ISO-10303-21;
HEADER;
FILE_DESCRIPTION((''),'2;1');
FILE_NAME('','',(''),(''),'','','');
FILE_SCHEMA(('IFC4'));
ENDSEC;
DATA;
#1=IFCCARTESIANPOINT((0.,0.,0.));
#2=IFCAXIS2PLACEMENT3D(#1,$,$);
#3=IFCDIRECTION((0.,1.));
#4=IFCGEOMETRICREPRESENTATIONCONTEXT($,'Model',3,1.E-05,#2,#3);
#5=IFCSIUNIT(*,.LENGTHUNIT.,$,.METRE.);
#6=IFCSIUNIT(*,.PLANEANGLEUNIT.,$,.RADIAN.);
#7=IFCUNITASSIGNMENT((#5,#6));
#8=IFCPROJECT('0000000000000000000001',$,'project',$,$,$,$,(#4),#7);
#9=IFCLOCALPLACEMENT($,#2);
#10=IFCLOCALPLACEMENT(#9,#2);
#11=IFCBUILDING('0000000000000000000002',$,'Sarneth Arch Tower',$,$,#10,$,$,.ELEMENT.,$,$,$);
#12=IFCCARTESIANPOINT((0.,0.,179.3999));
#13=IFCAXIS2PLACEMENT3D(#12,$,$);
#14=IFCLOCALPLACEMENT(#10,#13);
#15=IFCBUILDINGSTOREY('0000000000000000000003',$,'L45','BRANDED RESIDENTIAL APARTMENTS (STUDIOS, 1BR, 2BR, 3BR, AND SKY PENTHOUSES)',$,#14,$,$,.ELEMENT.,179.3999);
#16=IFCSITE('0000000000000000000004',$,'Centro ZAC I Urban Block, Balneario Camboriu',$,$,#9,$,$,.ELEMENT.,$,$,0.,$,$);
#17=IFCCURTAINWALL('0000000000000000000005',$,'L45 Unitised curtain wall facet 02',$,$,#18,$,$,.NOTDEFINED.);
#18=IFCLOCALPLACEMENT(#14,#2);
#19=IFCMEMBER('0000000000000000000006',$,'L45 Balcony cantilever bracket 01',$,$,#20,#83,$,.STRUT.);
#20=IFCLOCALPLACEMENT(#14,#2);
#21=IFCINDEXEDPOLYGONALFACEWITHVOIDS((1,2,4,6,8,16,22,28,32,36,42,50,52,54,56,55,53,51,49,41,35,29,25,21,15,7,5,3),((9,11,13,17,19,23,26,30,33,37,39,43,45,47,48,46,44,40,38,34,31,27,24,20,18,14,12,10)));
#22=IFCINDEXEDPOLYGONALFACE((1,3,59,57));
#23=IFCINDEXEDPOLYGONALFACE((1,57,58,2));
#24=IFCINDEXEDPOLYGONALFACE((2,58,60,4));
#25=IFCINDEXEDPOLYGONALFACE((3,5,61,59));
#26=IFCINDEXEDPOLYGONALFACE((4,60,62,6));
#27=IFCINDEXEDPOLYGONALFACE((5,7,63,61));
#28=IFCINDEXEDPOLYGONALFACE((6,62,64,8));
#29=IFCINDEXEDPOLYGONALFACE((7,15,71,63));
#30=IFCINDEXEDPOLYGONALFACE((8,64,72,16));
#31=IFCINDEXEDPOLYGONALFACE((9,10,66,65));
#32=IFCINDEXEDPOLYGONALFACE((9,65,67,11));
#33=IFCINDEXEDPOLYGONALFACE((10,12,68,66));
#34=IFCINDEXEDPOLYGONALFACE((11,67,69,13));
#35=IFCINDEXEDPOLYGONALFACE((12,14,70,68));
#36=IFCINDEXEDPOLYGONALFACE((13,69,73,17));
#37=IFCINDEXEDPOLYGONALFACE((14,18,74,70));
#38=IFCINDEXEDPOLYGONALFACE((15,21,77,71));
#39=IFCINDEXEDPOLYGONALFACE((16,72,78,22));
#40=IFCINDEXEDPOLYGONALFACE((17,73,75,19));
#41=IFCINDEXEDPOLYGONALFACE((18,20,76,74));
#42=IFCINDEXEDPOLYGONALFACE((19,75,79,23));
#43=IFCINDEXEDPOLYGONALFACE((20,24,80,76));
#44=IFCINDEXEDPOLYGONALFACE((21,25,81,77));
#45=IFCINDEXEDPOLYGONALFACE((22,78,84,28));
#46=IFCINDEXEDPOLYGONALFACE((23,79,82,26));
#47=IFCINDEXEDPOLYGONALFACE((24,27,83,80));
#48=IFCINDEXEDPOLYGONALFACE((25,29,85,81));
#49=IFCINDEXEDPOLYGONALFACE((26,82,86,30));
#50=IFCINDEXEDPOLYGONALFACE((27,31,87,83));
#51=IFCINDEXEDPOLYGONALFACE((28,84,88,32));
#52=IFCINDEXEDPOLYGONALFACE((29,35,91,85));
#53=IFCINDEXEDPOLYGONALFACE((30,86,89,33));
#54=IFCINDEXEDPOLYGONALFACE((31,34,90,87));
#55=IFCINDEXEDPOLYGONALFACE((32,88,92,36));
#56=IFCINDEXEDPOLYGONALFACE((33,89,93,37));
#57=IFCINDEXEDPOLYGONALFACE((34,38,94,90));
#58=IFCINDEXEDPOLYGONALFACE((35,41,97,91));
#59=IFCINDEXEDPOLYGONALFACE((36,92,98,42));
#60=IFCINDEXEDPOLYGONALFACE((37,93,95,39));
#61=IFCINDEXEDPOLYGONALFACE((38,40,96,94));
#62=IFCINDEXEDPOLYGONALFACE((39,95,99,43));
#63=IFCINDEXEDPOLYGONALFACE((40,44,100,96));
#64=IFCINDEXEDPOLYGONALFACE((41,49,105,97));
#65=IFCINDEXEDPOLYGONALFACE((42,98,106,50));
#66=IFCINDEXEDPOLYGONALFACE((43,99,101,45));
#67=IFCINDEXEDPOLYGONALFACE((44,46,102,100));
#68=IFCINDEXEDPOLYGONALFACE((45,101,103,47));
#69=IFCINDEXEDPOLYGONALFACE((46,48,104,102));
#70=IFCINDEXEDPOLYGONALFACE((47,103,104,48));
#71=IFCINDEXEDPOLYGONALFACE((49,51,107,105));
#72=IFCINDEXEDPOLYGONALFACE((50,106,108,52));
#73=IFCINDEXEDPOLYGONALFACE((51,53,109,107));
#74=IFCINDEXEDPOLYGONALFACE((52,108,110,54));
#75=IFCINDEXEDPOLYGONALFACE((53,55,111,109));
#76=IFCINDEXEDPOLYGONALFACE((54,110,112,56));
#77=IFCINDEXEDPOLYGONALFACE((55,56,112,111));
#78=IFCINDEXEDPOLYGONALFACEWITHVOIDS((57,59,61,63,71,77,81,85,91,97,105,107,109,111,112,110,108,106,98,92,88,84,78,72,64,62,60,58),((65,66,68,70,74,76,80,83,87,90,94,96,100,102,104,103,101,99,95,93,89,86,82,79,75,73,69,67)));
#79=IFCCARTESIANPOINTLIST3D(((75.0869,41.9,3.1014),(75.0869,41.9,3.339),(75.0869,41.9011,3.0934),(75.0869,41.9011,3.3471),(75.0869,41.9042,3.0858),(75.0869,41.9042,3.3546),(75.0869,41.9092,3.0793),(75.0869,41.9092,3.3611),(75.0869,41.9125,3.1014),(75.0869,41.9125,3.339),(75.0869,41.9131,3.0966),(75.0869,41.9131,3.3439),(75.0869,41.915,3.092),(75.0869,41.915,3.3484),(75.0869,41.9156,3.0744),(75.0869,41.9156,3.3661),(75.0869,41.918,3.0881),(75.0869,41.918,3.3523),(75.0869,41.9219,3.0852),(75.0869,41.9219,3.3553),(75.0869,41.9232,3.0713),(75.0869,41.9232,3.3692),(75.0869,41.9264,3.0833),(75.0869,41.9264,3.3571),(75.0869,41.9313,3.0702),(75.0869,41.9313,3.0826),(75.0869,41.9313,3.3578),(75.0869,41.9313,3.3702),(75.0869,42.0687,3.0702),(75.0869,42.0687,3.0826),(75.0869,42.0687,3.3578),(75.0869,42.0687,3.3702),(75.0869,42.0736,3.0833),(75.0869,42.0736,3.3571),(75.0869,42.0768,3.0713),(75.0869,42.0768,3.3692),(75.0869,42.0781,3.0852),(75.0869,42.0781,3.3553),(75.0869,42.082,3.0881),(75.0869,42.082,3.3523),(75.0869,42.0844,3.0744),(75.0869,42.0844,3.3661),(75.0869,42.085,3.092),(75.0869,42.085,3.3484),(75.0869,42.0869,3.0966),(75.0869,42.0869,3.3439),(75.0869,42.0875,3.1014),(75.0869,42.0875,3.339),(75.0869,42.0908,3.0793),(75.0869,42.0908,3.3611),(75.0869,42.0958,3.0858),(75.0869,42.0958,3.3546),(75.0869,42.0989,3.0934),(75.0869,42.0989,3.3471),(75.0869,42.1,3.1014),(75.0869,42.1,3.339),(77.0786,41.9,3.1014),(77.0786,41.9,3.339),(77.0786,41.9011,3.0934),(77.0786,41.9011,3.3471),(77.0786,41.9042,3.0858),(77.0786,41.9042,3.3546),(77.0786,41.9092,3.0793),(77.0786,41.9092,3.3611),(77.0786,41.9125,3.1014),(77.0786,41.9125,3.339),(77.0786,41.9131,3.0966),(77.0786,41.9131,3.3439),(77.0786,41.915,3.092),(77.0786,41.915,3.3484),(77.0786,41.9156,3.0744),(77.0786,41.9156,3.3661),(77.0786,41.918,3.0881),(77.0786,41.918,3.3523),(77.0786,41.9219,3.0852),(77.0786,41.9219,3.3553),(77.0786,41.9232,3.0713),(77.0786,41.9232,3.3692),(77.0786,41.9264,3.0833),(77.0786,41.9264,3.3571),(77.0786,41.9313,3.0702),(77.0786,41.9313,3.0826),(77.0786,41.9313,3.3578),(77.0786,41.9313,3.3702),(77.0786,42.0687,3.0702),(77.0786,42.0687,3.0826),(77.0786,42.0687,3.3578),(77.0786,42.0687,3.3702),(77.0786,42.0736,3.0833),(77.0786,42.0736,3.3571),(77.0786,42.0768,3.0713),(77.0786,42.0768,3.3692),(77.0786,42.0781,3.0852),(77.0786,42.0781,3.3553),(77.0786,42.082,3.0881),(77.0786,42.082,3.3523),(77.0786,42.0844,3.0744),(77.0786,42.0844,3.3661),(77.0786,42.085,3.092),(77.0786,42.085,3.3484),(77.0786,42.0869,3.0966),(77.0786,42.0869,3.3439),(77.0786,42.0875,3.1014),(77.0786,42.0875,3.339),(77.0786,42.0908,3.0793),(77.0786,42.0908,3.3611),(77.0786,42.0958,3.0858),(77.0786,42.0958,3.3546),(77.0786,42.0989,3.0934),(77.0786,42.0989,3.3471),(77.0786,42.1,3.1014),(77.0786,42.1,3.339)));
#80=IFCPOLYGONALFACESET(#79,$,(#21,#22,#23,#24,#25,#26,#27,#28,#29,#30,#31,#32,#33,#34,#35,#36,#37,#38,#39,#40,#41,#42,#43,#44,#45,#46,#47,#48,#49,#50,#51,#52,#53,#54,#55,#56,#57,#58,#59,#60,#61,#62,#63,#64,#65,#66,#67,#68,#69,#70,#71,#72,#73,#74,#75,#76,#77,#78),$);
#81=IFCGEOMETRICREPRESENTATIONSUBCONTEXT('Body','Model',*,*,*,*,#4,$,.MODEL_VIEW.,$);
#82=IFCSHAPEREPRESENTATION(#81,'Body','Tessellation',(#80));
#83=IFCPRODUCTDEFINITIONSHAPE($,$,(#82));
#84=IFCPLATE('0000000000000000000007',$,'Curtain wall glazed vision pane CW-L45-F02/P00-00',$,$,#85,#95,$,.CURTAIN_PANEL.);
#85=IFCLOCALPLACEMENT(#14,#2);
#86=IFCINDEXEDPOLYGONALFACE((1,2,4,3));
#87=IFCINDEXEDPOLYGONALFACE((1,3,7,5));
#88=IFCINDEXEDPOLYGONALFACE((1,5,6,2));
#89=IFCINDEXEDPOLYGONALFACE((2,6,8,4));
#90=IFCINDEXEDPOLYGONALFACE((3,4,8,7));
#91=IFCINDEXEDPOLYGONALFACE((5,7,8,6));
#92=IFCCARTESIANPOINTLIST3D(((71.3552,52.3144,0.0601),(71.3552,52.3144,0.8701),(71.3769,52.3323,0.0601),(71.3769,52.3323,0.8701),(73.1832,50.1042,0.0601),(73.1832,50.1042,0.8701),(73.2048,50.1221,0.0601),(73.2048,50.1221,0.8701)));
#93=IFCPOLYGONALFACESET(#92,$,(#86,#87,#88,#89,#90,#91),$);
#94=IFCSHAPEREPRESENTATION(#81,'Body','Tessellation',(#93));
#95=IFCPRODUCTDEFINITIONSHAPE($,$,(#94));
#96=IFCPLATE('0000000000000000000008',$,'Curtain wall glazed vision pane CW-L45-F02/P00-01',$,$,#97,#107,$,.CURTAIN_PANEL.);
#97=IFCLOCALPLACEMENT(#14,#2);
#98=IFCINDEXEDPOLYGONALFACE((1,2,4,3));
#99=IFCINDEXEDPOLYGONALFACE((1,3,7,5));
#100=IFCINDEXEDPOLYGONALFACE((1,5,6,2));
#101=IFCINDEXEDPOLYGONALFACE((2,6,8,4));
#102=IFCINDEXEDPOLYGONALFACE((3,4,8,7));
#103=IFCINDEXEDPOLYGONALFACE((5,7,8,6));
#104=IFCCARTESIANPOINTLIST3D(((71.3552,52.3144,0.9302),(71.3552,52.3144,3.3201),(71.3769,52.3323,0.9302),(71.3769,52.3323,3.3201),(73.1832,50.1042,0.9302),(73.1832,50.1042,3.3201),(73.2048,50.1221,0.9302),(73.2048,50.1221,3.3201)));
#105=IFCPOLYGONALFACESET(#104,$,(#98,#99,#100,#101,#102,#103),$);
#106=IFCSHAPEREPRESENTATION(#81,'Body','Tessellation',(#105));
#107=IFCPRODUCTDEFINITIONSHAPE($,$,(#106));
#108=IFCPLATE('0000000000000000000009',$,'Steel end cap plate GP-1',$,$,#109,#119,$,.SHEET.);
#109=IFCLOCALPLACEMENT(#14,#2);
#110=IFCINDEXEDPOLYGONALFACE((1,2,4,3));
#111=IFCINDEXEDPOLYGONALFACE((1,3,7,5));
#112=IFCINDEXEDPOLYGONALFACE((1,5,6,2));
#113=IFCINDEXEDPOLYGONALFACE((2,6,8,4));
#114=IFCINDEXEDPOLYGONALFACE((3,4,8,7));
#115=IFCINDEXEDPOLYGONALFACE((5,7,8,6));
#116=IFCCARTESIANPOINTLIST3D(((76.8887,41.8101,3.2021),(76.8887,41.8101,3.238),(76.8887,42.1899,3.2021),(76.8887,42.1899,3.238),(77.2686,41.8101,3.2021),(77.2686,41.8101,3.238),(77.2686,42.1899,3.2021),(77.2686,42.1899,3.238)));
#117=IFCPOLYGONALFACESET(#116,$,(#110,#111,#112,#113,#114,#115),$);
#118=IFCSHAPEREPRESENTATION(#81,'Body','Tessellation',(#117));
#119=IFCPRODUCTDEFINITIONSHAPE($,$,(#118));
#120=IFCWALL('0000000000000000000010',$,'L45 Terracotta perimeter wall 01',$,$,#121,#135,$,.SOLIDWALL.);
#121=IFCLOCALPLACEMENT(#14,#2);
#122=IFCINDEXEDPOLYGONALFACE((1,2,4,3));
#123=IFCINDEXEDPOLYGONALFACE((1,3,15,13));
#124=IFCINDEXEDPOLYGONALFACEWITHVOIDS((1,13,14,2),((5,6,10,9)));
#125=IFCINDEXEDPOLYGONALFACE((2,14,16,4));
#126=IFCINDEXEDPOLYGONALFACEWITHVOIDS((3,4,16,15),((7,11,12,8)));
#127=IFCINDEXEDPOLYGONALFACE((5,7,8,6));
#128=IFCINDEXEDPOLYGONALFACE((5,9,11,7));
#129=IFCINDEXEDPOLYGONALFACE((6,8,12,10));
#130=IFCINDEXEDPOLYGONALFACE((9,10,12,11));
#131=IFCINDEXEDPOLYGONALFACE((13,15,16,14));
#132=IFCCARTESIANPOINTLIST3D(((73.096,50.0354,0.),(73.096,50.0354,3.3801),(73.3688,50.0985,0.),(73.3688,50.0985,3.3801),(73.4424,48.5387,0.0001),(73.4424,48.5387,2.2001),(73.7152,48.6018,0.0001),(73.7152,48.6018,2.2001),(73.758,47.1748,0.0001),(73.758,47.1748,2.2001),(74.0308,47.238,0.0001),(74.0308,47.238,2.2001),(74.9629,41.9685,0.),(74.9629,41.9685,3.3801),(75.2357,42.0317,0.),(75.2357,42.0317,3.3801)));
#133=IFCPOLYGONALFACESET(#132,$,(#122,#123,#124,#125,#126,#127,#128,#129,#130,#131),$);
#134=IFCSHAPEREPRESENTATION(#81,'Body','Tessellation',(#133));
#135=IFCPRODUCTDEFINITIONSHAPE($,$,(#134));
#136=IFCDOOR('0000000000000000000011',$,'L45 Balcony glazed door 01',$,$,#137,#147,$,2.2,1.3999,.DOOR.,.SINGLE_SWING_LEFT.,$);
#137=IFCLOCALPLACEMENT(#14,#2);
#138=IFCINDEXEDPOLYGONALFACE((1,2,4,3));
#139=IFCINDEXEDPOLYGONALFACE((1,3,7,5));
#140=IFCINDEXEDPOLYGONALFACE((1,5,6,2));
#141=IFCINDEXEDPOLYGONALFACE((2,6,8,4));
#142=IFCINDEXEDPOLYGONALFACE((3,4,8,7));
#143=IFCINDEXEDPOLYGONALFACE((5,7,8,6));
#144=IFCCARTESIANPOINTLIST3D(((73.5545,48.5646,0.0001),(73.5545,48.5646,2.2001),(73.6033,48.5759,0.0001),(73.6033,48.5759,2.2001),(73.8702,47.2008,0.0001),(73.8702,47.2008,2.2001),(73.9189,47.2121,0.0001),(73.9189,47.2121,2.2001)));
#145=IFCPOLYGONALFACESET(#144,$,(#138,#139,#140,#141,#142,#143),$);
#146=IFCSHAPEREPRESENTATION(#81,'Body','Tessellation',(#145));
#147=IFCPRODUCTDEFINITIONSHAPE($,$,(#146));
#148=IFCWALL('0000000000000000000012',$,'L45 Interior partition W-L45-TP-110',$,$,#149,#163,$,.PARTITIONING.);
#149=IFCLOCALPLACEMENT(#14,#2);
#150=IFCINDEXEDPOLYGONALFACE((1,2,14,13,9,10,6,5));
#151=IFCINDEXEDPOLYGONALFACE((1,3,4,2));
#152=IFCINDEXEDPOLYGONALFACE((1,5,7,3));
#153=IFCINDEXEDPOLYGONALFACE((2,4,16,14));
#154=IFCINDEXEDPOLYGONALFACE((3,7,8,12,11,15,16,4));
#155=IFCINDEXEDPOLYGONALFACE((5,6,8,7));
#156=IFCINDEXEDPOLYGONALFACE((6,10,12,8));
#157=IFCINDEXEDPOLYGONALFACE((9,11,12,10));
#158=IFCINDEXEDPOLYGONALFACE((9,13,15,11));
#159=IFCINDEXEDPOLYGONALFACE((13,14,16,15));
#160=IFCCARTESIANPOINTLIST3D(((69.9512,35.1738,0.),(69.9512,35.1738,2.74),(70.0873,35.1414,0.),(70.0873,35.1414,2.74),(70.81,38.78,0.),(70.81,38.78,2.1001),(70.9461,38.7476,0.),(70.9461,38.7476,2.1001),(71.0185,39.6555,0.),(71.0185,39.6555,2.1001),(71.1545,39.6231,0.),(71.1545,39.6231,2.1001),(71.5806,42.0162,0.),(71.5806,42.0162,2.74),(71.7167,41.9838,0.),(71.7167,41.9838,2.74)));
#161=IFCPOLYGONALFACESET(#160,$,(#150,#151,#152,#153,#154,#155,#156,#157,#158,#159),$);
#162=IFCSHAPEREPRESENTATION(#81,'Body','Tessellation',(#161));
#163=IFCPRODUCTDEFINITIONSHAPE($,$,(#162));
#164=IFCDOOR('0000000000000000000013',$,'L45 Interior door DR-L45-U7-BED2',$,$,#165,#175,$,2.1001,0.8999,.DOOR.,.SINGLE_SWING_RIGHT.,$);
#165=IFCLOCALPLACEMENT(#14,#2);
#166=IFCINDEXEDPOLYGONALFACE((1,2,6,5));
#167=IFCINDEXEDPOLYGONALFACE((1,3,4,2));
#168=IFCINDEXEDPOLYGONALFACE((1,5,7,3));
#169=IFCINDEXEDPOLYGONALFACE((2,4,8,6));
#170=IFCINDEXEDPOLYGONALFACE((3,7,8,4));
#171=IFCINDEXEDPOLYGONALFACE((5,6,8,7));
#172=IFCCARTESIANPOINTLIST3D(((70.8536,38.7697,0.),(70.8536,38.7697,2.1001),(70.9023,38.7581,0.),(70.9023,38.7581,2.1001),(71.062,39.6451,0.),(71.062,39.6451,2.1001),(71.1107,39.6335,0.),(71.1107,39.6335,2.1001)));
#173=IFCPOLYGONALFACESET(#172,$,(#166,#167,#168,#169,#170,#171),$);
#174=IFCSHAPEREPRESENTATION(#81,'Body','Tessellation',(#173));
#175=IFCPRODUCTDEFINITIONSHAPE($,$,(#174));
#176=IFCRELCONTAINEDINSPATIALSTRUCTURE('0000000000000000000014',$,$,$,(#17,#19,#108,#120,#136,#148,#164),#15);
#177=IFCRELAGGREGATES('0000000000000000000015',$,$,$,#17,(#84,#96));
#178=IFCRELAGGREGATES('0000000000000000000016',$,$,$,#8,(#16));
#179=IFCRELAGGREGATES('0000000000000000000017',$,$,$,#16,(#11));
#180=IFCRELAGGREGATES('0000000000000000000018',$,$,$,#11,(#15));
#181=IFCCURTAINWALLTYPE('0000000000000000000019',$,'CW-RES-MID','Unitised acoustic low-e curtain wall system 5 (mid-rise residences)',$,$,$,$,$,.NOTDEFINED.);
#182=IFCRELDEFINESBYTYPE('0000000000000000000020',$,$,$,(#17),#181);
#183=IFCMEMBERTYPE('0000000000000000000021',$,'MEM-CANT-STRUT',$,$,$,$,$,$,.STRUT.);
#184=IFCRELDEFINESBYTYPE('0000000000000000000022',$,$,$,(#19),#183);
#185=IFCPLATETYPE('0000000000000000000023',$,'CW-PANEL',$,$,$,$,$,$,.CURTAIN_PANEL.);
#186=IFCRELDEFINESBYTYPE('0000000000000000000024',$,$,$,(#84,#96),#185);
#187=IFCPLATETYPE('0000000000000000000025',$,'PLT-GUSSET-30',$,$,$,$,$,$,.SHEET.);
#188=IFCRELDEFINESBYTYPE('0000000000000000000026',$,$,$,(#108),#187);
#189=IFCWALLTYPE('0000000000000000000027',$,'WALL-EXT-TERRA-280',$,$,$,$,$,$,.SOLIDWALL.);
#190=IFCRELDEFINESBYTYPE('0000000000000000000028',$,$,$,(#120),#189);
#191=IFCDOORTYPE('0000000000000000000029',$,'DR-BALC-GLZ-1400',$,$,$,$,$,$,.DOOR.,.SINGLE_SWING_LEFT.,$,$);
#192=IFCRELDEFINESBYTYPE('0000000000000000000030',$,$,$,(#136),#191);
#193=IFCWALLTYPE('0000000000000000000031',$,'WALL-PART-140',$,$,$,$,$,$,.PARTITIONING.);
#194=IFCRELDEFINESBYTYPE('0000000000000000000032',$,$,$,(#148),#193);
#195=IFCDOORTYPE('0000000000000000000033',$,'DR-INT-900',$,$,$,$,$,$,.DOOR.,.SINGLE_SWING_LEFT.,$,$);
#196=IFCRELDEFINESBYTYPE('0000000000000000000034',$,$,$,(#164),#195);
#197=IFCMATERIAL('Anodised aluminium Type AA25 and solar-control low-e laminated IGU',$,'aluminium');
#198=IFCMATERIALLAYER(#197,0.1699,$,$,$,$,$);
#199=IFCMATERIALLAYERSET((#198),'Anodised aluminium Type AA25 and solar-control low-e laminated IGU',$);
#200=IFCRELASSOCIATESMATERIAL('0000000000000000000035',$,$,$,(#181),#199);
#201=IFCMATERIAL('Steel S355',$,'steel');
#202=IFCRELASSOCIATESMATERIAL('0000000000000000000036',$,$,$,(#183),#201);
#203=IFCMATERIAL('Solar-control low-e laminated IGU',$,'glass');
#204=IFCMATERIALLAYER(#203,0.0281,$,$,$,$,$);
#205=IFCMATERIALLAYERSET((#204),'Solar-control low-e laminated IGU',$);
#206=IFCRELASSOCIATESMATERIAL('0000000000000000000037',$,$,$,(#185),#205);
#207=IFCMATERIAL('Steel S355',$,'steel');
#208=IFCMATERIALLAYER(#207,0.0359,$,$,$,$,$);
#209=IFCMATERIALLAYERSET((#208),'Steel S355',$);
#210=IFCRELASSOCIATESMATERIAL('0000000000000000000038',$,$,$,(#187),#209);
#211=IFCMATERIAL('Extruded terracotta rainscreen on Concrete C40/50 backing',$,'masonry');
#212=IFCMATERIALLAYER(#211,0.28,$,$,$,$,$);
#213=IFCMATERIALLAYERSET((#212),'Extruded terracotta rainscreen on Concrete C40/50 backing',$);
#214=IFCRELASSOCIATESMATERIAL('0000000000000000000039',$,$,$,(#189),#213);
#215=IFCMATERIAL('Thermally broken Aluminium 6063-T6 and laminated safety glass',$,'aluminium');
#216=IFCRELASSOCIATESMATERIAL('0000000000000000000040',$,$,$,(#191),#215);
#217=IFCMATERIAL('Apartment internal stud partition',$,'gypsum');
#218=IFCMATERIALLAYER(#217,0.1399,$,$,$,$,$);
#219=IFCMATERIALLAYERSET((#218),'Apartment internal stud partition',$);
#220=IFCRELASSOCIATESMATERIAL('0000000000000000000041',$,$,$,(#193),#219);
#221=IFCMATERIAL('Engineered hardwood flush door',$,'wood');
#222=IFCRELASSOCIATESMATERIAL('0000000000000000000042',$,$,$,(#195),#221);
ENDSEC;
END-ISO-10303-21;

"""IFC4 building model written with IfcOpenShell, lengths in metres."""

from ifc_helpers import new_model, si_unit, direction, frame, frame_2d, origin, origin_2d, place, context, subcontext, project, spatial, rectangle, hollow_rectangle, extrude, material, layer, layer_set, material_profile, profile_set, type_object, element, fill, aggregate, save


model = new_model("IFC4")

# Units and contexts
model_context = context("Model", 3, precision=1e-05, world=origin(), true_north=direction((0.0, 1.0)))
body_context = subcontext(model_context, "Body", "Model", "MODEL_VIEW")
ifc_project = project(units=[si_unit("LENGTHUNIT", "METRE"), si_unit("PLANEANGLEUNIT", "RADIAN")], contexts=[model_context])

# Site, building, storey
site_placement = place(None, origin())
site = spatial("IfcSite", under=ifc_project, at=site_placement, Name="Centro ZAC I Urban Block, Balneario Camboriu", CompositionType="ELEMENT", RefElevation=0.0)
building_placement = place(site_placement, origin())
building = spatial("IfcBuilding", under=site, at=building_placement, Name="Sarneth Arch Tower", CompositionType="ELEMENT")
storey_placement = place(building_placement, frame((0.0, 0.0, 179.3999)))
storey = spatial("IfcBuildingStorey", under=building, at=storey_placement, Name="L45", Description="BRANDED RESIDENTIAL APARTMENTS (STUDIOS, 1BR, 2BR, 3BR, AND SKY PENTHOUSES)", CompositionType="ELEMENT", Elevation=179.3999)

# Curtain wall
ifc_material_1 = material(Name="Anodised aluminium Type AA25 and solar-control low-e laminated IGU", Category="aluminium")
ifc_layer_1 = layer(ifc_material_1, 0.1699)
ifc_layer_set_1 = layer_set([ifc_layer_1], Name="Anodised aluminium Type AA25 and solar-control low-e laminated IGU")
curtain_wall_type = type_object("IfcCurtainWallType", Name="CW-RES-MID", Description="Unitised acoustic low-e curtain wall system 5 (mid-rise residences)", PredefinedType="NOTDEFINED", material=ifc_layer_set_1)
curtain_wall_placement = place(storey_placement, origin())
curtain_wall = element("IfcCurtainWall", 1, at=curtain_wall_placement, inside=storey, type_object=curtain_wall_type, Name="L45 Unitised curtain wall facet 02", PredefinedType="NOTDEFINED")

# Member
ifc_material_2 = material(Name="Steel S355", Category="steel")
ifc_material_profile_1 = material_profile(ifc_material_2, hollow_rectangle(XDim=0.2, YDim=0.3, WallThickness=0.0125, InnerFilletRadius=0.0188, OuterFilletRadius=0.0312, at=origin_2d()), Name="RHS300x200x12.5")
ifc_profile_set_1 = profile_set([ifc_material_profile_1], Name="Steel S355")
member_type_1 = type_object("IfcMemberType", Name="MEM-CANT-STRUT", PredefinedType="STRUT", material=ifc_profile_set_1)
member_1_placement = place(storey_placement, frame((75.0869, 42.0, 3.2202), z_axis=(1.0, 0.0, 0.0), x_axis=(0.0, 1.0, 0.0)))
element("IfcMember", 2, at=member_1_placement, inside=storey, type_object=member_type_1, Name="L45 Balcony cantilever bracket 01", PredefinedType="STRUT", context=body_context, shape_type="SweptSolid", body=[
    extrude(hollow_rectangle(XDim=0.2, YDim=0.3, WallThickness=0.0125, InnerFilletRadius=0.0188, OuterFilletRadius=0.0312, at=origin_2d()), origin(), (0.0, 0.0, 1.0), 1.9917),
])

# Plates
ifc_material_3 = material(Name="Solar-control low-e laminated IGU", Category="glass")
ifc_layer_2 = layer(ifc_material_3, 0.0281)
ifc_layer_set_2 = layer_set([ifc_layer_2], Name="Solar-control low-e laminated IGU")
plate_type_1 = type_object("IfcPlateType", Name="CW-PANEL", PredefinedType="CURTAIN_PANEL", material=ifc_layer_set_2)
plate_1_placement = place(storey_placement, frame((72.28, 51.2183, 0.0601), z_axis=(0.0, 0.0, 1.0), x_axis=(-0.63733, 0.770591, 0.0)))
plate_1 = element("IfcPlate", 3, at=plate_1_placement, type_object=plate_type_1, Name="Curtain wall glazed vision pane CW-L45-F02/P00-00", PredefinedType="CURTAIN_PANEL", context=body_context, shape_type="SweptSolid", body=[
    extrude(rectangle(XDim=2.8682, YDim=0.0281, at=origin_2d()), origin(), (0.0, 0.0, 1.0), 0.8101),
])
plate_2_placement = place(storey_placement, frame((72.28, 51.2183, 0.9302), z_axis=(0.0, 0.0, 1.0), x_axis=(-0.63733, 0.770591, 0.0)))
plate_2 = element("IfcPlate", 4, at=plate_2_placement, type_object=plate_type_1, Name="Curtain wall glazed vision pane CW-L45-F02/P00-01", PredefinedType="CURTAIN_PANEL", context=body_context, shape_type="SweptSolid", body=[
    extrude(rectangle(XDim=2.8682, YDim=0.0281, at=origin_2d()), origin(), (0.0, 0.0, 1.0), 2.3899),
])
aggregate(curtain_wall, [plate_1, plate_2])
ifc_material_4 = material(Name="Steel S355", Category="steel")
ifc_layer_3 = layer(ifc_material_4, 0.0359)
ifc_layer_set_3 = layer_set([ifc_layer_3], Name="Steel S355")
plate_type_2 = type_object("IfcPlateType", Name="PLT-GUSSET-30", PredefinedType="SHEET", material=ifc_layer_set_3)
plate_3_placement = place(storey_placement, frame((77.0786, 42.0, 3.2021), z_axis=(0.0, 0.0, 1.0), x_axis=(1.0, 0.0, 0.0)))
element("IfcPlate", 5, at=plate_3_placement, inside=storey, type_object=plate_type_2, Name="Steel end cap plate GP-1", PredefinedType="SHEET", context=body_context, shape_type="SweptSolid", body=[
    extrude(rectangle(XDim=0.3799, YDim=0.3799, at=origin_2d()), origin(), (0.0, 0.0, 1.0), 0.0359),
])

# Walls, openings, doors
ifc_material_5 = material(Name="Extruded terracotta rainscreen on Concrete C40/50 backing", Category="masonry")
ifc_layer_4 = layer(ifc_material_5, 0.28)
ifc_layer_set_4 = layer_set([ifc_layer_4], Name="Extruded terracotta rainscreen on Concrete C40/50 backing")
wall_type_1 = type_object("IfcWallType", Name="WALL-EXT-TERRA-280", PredefinedType="SOLIDWALL", material=ifc_layer_set_4)
wall_1_placement = place(storey_placement, frame((75.0994, 42.0, 0.0), z_axis=(0.0, 0.0, 1.0), x_axis=(-0.225473, 0.974249, 0.0)))
wall_1 = element("IfcWall", 6, at=wall_1_placement, inside=storey, type_object=wall_type_1, Name="L45 Terracotta perimeter wall 01", PredefinedType="SOLIDWALL", context=body_context, shape_type="SweptSolid", body=[
    extrude(rectangle(XDim=8.28, YDim=0.28, at=frame_2d((4.1401, 0.0))), origin(), (0.0, 0.0, 1.0), 3.3801),
])
opening_1_placement = place(wall_1_placement, frame((5.344, 0.0, 0.0)))
opening_1 = element("IfcOpeningElement", 7, at=opening_1_placement, cuts=wall_1, PredefinedType="OPENING", context=body_context, shape_type="SweptSolid", body=[
    extrude(rectangle(XDim=1.3999, YDim=2.2, at=frame_2d((0.7, 1.1001))), frame((0.0, 0.1499, 0.0), z_axis=(0.0, -1.0, 0.0), x_axis=(1.0, 0.0, 0.0)), (0.0, 0.0, 1.0), 0.3),
])
ifc_material_6 = material(Name="Thermally broken Aluminium 6063-T6 and laminated safety glass", Category="aluminium")
door_type_1 = type_object("IfcDoorType", Name="DR-BALC-GLZ-1400", OperationType="SINGLE_SWING_LEFT", PredefinedType="DOOR", material=ifc_material_6)
door_1_placement = place(opening_1_placement, origin())
door_1 = element("IfcDoor", 8, at=door_1_placement, inside=storey, type_object=door_type_1, Name="L45 Balcony glazed door 01", OperationType="SINGLE_SWING_LEFT", OverallHeight=2.2, OverallWidth=1.3999, PredefinedType="DOOR", context=body_context, shape_type="SweptSolid", body=[
    extrude(rectangle(XDim=1.3999, YDim=2.2, at=frame_2d((0.7, 1.1001))), frame((0.0, 0.0249, 0.0), z_axis=(0.0, -1.0, 0.0), x_axis=(1.0, 0.0, 0.0)), (0.0, 0.0, 1.0), 0.05),
])
fill(opening_1, door_1)
ifc_material_7 = material(Name="Apartment internal stud partition", Category="gypsum")
ifc_layer_5 = layer(ifc_material_7, 0.1399)
ifc_layer_set_5 = layer_set([ifc_layer_5], Name="Apartment internal stud partition")
wall_type_2 = type_object("IfcWallType", Name="WALL-PART-140", PredefinedType="PARTITIONING", material=ifc_layer_set_5)
wall_2_placement = place(storey_placement, frame((71.6487, 42.0, 0.0), z_axis=(0.0, 0.0, 1.0), x_axis=(-0.231658, -0.972797, 0.0)))
wall_2 = element("IfcWall", 9, at=wall_2_placement, inside=storey, type_object=wall_type_2, Name="L45 Interior partition W-L45-TP-110", PredefinedType="PARTITIONING", context=body_context, shape_type="SweptSolid", body=[
    extrude(rectangle(XDim=7.0337, YDim=0.1399, at=frame_2d((3.5168, 0.0))), origin(), (0.0, 0.0, 1.0), 2.74),
])
opening_2_placement = place(wall_2_placement, frame((2.4268, 0.0, 0.0)))
opening_2 = element("IfcOpeningElement", 10, at=opening_2_placement, cuts=wall_2, PredefinedType="OPENING", context=body_context, shape_type="SweptSolid", body=[
    extrude(rectangle(XDim=0.8999, YDim=2.1001, at=frame_2d((0.45, 1.05))), frame((0.0, 0.0798, 0.0), z_axis=(0.0, -1.0, 0.0), x_axis=(1.0, 0.0, 0.0)), (0.0, 0.0, 1.0), 0.1599),
])
ifc_material_8 = material(Name="Engineered hardwood flush door", Category="wood")
door_type_2 = type_object("IfcDoorType", Name="DR-INT-900", OperationType="SINGLE_SWING_LEFT", PredefinedType="DOOR", material=ifc_material_8)
door_2_placement = place(opening_2_placement, origin())
door_2 = element("IfcDoor", 11, at=door_2_placement, inside=storey, type_object=door_type_2, Name="L45 Interior door DR-L45-U7-BED2", OperationType="SINGLE_SWING_RIGHT", OverallHeight=2.1001, OverallWidth=0.8999, PredefinedType="DOOR", context=body_context, shape_type="SweptSolid", body=[
    extrude(rectangle(XDim=0.8999, YDim=2.1001, at=frame_2d((0.45, 1.05))), frame((0.0, 0.0249, 0.0), z_axis=(0.0, -1.0, 0.0), x_axis=(1.0, 0.0, 0.0)), (0.0, 0.0, 1.0), 0.05),
])
fill(opening_2, door_2)

save(model, "model.ifc")
